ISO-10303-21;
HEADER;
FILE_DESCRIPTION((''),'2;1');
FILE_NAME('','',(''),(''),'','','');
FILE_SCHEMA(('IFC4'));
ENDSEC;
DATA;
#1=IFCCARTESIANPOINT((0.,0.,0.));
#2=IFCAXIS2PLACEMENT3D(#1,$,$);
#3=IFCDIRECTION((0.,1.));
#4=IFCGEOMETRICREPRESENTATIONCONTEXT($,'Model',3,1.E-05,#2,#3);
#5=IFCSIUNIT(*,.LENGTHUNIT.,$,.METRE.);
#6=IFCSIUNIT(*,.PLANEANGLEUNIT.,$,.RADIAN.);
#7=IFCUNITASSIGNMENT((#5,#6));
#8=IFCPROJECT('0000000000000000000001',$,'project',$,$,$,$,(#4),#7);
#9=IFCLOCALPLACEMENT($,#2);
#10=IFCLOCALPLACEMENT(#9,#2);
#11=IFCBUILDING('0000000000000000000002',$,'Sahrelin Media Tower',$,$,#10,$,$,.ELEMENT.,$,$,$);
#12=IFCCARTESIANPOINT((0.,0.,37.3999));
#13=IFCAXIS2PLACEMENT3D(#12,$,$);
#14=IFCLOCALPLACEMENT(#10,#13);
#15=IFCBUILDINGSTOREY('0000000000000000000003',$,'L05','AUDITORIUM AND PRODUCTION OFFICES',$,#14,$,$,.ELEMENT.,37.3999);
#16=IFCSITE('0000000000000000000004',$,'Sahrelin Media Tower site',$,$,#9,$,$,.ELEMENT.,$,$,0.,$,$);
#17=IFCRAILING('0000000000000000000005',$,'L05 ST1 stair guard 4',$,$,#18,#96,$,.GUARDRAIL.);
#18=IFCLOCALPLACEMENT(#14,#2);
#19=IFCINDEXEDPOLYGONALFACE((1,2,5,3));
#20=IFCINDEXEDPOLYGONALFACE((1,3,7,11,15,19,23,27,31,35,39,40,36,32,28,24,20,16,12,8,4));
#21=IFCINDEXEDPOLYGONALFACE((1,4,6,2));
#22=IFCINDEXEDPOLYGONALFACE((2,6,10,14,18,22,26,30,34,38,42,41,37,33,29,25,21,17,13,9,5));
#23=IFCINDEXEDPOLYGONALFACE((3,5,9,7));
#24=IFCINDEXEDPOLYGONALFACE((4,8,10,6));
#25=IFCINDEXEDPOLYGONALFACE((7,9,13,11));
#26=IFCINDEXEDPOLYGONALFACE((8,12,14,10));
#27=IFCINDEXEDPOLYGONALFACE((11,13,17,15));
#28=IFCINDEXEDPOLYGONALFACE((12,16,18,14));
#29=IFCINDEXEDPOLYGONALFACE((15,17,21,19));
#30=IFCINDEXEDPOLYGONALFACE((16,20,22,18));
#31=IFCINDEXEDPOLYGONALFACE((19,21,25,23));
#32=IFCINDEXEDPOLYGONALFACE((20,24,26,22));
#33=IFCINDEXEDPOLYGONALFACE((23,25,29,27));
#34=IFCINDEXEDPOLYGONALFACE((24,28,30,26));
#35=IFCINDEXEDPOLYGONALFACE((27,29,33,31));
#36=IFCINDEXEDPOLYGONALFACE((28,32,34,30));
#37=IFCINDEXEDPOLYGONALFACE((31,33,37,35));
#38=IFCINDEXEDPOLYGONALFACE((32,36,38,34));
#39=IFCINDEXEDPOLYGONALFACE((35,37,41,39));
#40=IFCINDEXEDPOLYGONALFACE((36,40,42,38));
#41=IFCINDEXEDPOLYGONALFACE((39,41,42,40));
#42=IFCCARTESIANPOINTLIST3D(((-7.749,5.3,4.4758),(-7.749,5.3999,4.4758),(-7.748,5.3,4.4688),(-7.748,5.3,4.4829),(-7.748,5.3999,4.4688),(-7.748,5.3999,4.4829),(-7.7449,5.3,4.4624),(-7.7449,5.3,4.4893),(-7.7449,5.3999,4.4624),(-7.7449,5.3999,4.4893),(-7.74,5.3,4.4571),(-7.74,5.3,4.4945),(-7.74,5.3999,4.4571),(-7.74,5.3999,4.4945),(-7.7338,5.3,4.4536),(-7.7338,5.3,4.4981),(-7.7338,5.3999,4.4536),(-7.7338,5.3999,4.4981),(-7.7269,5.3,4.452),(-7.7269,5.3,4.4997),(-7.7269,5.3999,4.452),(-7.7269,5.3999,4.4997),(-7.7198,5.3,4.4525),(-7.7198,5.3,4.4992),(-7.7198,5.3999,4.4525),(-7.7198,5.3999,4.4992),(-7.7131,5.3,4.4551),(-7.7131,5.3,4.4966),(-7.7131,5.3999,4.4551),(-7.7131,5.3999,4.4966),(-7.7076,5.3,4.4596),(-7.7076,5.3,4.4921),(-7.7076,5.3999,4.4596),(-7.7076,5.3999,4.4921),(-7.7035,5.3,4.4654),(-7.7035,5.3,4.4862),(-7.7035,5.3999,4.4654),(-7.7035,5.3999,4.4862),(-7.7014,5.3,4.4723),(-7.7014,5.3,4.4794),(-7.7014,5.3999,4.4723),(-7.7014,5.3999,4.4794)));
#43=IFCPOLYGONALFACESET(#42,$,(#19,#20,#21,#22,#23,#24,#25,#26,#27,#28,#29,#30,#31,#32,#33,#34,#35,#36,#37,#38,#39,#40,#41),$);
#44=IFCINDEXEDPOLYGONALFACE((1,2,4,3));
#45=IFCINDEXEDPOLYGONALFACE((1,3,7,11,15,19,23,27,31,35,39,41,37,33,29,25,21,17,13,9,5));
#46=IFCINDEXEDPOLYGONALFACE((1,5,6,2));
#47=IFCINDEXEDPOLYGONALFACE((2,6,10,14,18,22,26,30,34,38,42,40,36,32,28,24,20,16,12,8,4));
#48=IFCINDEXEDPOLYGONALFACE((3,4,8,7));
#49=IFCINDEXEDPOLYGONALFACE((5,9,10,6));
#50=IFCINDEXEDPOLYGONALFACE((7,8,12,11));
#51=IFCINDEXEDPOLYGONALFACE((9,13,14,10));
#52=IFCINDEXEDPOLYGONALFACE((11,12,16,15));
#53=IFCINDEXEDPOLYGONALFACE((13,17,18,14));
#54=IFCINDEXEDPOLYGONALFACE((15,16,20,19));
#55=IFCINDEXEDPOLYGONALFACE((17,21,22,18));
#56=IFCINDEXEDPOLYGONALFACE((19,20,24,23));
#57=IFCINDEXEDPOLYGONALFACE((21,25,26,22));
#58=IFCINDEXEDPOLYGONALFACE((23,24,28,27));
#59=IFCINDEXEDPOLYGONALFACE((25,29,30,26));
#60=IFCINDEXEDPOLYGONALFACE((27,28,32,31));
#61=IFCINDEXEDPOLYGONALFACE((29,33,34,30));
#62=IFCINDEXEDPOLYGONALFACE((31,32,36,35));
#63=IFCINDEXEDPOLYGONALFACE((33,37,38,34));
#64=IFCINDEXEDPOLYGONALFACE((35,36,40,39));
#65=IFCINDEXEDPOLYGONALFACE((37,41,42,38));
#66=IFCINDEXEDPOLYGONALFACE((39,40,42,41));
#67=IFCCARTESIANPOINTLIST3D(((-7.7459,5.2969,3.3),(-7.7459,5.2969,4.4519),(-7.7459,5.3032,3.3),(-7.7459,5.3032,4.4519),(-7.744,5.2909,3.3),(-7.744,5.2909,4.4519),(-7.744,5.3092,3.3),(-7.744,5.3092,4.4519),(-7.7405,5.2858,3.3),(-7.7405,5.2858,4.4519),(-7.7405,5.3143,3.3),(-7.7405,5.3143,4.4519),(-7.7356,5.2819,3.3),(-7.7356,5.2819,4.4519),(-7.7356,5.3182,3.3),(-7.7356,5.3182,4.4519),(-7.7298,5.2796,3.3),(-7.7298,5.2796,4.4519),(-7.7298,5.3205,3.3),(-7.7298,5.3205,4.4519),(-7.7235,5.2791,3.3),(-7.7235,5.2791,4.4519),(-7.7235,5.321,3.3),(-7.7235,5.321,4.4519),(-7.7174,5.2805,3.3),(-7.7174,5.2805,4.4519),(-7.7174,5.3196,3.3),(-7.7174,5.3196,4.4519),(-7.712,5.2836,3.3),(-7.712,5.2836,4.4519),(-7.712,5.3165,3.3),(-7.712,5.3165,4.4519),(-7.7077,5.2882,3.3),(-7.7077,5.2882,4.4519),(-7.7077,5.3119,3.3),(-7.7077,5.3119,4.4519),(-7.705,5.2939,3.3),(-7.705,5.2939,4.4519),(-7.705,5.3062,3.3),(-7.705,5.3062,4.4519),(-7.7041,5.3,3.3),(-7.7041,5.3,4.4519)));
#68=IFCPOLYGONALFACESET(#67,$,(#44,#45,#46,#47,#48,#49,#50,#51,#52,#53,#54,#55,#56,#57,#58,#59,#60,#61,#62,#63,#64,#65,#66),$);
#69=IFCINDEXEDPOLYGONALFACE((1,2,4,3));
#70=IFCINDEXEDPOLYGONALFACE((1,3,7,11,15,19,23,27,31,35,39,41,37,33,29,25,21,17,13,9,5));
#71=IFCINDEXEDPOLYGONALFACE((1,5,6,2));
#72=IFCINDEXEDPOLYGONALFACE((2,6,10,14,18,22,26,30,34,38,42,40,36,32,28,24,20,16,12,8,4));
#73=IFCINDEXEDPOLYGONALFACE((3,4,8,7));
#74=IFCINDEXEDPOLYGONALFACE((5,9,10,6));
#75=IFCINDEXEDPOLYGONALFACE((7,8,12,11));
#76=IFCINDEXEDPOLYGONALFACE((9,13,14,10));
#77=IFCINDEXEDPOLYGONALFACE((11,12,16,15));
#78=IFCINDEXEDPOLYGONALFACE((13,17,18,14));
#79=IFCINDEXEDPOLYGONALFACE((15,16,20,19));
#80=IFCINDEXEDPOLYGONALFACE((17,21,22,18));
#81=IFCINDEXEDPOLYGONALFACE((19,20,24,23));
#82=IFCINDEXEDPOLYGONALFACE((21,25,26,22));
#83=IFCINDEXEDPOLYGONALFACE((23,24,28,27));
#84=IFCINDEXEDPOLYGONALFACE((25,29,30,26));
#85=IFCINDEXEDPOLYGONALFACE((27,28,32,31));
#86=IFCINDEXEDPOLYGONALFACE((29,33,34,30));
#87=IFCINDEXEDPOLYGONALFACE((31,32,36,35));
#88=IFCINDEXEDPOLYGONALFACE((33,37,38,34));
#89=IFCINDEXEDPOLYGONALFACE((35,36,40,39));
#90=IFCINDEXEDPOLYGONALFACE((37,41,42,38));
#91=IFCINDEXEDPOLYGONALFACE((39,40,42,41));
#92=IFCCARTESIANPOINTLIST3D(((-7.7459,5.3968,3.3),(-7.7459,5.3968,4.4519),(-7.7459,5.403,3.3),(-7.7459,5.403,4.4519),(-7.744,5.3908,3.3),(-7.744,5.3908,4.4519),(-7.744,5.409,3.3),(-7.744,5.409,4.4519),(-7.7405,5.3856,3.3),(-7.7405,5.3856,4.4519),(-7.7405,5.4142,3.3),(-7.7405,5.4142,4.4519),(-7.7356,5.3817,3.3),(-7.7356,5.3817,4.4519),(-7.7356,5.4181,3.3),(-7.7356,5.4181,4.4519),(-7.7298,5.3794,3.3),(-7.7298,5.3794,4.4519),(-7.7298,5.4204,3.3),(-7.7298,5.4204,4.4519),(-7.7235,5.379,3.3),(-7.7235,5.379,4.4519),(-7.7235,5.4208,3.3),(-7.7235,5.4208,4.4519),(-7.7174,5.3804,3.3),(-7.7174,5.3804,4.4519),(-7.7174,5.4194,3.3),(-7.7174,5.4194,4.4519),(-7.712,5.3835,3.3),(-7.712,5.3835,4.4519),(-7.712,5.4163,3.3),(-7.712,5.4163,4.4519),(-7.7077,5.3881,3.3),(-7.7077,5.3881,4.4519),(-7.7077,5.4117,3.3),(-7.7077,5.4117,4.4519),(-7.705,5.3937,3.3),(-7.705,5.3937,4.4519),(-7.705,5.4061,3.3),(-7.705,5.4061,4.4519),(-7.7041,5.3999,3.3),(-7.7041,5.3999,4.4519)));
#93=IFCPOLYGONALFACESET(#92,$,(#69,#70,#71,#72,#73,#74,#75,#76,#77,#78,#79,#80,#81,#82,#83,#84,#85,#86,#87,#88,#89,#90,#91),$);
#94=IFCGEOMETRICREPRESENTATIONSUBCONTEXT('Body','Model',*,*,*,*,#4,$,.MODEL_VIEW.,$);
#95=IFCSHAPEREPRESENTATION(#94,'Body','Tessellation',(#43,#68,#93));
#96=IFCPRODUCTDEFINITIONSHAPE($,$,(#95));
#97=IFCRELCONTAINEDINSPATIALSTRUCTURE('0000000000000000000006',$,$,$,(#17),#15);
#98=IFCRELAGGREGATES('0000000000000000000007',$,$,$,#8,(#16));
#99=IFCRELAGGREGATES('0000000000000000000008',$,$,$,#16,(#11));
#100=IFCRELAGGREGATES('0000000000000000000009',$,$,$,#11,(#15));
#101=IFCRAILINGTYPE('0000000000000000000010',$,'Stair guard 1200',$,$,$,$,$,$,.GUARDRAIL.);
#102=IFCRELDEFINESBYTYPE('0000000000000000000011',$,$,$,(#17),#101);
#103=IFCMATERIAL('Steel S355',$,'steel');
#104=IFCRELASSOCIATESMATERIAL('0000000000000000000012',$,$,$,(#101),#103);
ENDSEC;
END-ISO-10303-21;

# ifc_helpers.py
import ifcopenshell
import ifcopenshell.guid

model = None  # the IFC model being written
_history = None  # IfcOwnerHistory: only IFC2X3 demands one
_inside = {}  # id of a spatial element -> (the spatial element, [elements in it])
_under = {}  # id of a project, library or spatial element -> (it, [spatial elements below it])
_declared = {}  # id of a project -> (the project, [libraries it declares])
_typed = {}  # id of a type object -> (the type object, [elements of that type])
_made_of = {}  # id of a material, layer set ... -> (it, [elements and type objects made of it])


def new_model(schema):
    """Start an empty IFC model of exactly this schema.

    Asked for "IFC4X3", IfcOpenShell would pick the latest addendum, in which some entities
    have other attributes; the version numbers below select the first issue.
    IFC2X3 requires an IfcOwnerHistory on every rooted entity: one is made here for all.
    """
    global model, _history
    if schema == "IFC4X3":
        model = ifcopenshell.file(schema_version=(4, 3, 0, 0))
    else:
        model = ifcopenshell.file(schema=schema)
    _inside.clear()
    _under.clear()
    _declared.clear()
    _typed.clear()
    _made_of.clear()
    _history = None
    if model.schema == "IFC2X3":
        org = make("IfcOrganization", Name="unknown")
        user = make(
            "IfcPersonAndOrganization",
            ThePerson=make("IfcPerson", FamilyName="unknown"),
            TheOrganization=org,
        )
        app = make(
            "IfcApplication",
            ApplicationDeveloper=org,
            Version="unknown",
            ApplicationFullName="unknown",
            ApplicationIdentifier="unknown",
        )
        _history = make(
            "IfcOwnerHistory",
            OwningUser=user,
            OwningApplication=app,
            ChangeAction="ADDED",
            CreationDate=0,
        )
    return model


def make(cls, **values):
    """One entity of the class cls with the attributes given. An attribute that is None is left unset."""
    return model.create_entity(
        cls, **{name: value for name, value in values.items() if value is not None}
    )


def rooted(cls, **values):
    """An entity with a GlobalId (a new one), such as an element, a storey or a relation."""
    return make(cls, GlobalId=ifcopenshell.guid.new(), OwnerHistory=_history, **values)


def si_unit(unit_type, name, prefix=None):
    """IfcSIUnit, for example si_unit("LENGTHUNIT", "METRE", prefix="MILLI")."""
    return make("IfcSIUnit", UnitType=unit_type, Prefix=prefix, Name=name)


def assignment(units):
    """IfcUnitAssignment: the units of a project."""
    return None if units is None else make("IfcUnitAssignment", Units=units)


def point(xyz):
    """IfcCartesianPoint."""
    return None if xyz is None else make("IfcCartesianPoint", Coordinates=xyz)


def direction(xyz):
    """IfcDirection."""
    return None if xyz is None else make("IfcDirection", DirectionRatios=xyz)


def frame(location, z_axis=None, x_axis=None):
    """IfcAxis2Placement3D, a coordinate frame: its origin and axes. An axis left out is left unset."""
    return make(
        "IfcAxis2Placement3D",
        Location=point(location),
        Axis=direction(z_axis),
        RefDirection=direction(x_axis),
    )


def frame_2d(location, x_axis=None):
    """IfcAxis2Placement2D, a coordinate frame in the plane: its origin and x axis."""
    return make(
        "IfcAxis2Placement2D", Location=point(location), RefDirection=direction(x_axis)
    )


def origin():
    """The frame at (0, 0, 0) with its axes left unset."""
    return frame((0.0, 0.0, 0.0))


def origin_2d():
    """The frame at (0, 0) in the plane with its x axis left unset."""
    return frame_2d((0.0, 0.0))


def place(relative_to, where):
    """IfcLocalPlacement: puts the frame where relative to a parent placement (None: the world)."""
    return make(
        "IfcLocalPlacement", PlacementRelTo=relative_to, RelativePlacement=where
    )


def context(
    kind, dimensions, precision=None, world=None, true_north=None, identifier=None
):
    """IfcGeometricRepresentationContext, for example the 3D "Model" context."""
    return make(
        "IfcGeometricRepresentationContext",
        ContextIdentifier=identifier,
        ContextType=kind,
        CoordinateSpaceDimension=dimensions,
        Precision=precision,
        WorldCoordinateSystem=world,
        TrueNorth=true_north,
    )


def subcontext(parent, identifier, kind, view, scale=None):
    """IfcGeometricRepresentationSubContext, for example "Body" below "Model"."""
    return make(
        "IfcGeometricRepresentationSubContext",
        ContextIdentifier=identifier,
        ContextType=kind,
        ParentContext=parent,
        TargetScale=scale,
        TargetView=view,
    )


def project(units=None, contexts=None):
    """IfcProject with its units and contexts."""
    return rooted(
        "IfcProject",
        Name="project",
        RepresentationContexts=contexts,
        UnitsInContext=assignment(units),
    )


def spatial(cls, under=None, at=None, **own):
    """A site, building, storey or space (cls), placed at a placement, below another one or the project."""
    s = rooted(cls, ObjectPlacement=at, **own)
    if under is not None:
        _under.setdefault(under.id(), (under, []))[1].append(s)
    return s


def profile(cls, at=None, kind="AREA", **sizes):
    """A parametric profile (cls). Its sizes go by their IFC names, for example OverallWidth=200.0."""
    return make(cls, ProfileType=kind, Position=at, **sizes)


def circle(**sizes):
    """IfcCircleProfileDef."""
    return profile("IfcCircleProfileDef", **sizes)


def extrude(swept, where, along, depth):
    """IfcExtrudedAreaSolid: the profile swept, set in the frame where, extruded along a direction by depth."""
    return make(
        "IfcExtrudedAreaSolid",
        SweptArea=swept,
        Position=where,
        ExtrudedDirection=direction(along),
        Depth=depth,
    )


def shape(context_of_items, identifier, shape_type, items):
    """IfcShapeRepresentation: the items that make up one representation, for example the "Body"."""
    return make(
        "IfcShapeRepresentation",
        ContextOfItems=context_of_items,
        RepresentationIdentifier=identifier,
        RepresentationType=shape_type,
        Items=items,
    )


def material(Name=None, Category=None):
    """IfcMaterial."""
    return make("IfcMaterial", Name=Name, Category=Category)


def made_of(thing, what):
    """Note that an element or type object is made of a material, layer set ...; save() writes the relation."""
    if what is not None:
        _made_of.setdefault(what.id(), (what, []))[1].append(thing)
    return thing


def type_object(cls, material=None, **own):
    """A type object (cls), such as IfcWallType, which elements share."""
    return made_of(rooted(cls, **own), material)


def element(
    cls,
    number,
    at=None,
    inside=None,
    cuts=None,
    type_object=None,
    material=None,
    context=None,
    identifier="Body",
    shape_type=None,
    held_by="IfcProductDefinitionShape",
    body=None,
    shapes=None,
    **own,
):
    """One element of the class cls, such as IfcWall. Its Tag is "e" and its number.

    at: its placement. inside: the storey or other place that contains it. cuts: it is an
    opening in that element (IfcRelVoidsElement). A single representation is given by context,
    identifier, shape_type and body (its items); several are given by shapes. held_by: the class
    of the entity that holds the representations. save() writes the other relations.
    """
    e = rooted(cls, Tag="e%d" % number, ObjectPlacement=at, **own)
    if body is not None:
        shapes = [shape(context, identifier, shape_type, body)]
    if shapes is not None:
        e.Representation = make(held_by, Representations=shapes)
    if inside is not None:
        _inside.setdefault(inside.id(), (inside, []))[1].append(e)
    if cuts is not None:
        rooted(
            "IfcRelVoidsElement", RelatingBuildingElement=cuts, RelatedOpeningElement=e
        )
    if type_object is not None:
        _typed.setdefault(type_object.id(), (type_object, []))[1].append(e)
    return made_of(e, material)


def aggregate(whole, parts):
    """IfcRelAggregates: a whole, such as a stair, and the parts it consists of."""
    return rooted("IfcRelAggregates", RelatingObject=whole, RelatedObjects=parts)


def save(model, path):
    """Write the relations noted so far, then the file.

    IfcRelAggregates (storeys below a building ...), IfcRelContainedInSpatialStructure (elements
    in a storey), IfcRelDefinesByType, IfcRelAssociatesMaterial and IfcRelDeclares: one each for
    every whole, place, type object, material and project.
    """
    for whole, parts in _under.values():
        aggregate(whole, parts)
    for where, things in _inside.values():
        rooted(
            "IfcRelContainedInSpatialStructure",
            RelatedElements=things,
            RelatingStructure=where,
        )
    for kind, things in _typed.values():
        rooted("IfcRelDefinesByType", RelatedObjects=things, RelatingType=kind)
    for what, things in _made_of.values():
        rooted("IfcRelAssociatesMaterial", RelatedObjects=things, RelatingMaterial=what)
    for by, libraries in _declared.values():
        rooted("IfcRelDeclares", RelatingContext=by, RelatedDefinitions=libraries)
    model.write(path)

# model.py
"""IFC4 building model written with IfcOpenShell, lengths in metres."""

from ifc_helpers import new_model, si_unit, direction, frame, origin, origin_2d, place, context, subcontext, project, spatial, circle, extrude, material, type_object, element, save


model = new_model("IFC4")

# Units and contexts
model_context = context("Model", 3, precision=1e-05, world=origin(), true_north=direction((0.0, 1.0)))
body_context = subcontext(model_context, "Body", "Model", "MODEL_VIEW")
ifc_project = project(units=[si_unit("LENGTHUNIT", "METRE"), si_unit("PLANEANGLEUNIT", "RADIAN")], contexts=[model_context])

# Site, building, storey
site_placement = place(None, origin())
site = spatial("IfcSite", under=ifc_project, at=site_placement, Name="Sahrelin Media Tower site", CompositionType="ELEMENT", RefElevation=0.0)
building_placement = place(site_placement, origin())
building = spatial("IfcBuilding", under=site, at=building_placement, Name="Sahrelin Media Tower", CompositionType="ELEMENT")
storey_placement = place(building_placement, frame((0.0, 0.0, 37.3999)))
storey = spatial("IfcBuildingStorey", under=building, at=storey_placement, Name="L05", Description="AUDITORIUM AND PRODUCTION OFFICES", CompositionType="ELEMENT", Elevation=37.3999)

# Shared definitions
ifc_material_1 = material(Name="Steel S355", Category="steel")

# Railing
railing_type_1 = type_object("IfcRailingType", Name="Stair guard 1200", PredefinedType="GUARDRAIL", material=ifc_material_1)
railing_1_placement = place(storey_placement, frame((-7.7251, 5.3, 3.3)))
element("IfcRailing", 1, at=railing_1_placement, inside=storey, type_object=railing_type_1, Name="L05 ST1 stair guard 4", PredefinedType="GUARDRAIL", context=body_context, shape_type="SweptSolid", body=[
    extrude(circle(Radius=0.0239, at=origin_2d()), frame((0.0, 0.0, 1.1758), z_axis=(0.0, 1.0, 0.0), x_axis=(-1.0, 0.0, 0.0)), (0.0, 0.0, 1.0), 0.0999),
    extrude(circle(Radius=0.021, at=origin_2d()), origin(), (0.0, 0.0, 1.0), 1.1519),
    extrude(circle(Radius=0.021, at=origin_2d()), frame((0.0, 0.0999, 0.0)), (0.0, 0.0, 1.0), 1.1519),
])

save(model, "model.ifc")
